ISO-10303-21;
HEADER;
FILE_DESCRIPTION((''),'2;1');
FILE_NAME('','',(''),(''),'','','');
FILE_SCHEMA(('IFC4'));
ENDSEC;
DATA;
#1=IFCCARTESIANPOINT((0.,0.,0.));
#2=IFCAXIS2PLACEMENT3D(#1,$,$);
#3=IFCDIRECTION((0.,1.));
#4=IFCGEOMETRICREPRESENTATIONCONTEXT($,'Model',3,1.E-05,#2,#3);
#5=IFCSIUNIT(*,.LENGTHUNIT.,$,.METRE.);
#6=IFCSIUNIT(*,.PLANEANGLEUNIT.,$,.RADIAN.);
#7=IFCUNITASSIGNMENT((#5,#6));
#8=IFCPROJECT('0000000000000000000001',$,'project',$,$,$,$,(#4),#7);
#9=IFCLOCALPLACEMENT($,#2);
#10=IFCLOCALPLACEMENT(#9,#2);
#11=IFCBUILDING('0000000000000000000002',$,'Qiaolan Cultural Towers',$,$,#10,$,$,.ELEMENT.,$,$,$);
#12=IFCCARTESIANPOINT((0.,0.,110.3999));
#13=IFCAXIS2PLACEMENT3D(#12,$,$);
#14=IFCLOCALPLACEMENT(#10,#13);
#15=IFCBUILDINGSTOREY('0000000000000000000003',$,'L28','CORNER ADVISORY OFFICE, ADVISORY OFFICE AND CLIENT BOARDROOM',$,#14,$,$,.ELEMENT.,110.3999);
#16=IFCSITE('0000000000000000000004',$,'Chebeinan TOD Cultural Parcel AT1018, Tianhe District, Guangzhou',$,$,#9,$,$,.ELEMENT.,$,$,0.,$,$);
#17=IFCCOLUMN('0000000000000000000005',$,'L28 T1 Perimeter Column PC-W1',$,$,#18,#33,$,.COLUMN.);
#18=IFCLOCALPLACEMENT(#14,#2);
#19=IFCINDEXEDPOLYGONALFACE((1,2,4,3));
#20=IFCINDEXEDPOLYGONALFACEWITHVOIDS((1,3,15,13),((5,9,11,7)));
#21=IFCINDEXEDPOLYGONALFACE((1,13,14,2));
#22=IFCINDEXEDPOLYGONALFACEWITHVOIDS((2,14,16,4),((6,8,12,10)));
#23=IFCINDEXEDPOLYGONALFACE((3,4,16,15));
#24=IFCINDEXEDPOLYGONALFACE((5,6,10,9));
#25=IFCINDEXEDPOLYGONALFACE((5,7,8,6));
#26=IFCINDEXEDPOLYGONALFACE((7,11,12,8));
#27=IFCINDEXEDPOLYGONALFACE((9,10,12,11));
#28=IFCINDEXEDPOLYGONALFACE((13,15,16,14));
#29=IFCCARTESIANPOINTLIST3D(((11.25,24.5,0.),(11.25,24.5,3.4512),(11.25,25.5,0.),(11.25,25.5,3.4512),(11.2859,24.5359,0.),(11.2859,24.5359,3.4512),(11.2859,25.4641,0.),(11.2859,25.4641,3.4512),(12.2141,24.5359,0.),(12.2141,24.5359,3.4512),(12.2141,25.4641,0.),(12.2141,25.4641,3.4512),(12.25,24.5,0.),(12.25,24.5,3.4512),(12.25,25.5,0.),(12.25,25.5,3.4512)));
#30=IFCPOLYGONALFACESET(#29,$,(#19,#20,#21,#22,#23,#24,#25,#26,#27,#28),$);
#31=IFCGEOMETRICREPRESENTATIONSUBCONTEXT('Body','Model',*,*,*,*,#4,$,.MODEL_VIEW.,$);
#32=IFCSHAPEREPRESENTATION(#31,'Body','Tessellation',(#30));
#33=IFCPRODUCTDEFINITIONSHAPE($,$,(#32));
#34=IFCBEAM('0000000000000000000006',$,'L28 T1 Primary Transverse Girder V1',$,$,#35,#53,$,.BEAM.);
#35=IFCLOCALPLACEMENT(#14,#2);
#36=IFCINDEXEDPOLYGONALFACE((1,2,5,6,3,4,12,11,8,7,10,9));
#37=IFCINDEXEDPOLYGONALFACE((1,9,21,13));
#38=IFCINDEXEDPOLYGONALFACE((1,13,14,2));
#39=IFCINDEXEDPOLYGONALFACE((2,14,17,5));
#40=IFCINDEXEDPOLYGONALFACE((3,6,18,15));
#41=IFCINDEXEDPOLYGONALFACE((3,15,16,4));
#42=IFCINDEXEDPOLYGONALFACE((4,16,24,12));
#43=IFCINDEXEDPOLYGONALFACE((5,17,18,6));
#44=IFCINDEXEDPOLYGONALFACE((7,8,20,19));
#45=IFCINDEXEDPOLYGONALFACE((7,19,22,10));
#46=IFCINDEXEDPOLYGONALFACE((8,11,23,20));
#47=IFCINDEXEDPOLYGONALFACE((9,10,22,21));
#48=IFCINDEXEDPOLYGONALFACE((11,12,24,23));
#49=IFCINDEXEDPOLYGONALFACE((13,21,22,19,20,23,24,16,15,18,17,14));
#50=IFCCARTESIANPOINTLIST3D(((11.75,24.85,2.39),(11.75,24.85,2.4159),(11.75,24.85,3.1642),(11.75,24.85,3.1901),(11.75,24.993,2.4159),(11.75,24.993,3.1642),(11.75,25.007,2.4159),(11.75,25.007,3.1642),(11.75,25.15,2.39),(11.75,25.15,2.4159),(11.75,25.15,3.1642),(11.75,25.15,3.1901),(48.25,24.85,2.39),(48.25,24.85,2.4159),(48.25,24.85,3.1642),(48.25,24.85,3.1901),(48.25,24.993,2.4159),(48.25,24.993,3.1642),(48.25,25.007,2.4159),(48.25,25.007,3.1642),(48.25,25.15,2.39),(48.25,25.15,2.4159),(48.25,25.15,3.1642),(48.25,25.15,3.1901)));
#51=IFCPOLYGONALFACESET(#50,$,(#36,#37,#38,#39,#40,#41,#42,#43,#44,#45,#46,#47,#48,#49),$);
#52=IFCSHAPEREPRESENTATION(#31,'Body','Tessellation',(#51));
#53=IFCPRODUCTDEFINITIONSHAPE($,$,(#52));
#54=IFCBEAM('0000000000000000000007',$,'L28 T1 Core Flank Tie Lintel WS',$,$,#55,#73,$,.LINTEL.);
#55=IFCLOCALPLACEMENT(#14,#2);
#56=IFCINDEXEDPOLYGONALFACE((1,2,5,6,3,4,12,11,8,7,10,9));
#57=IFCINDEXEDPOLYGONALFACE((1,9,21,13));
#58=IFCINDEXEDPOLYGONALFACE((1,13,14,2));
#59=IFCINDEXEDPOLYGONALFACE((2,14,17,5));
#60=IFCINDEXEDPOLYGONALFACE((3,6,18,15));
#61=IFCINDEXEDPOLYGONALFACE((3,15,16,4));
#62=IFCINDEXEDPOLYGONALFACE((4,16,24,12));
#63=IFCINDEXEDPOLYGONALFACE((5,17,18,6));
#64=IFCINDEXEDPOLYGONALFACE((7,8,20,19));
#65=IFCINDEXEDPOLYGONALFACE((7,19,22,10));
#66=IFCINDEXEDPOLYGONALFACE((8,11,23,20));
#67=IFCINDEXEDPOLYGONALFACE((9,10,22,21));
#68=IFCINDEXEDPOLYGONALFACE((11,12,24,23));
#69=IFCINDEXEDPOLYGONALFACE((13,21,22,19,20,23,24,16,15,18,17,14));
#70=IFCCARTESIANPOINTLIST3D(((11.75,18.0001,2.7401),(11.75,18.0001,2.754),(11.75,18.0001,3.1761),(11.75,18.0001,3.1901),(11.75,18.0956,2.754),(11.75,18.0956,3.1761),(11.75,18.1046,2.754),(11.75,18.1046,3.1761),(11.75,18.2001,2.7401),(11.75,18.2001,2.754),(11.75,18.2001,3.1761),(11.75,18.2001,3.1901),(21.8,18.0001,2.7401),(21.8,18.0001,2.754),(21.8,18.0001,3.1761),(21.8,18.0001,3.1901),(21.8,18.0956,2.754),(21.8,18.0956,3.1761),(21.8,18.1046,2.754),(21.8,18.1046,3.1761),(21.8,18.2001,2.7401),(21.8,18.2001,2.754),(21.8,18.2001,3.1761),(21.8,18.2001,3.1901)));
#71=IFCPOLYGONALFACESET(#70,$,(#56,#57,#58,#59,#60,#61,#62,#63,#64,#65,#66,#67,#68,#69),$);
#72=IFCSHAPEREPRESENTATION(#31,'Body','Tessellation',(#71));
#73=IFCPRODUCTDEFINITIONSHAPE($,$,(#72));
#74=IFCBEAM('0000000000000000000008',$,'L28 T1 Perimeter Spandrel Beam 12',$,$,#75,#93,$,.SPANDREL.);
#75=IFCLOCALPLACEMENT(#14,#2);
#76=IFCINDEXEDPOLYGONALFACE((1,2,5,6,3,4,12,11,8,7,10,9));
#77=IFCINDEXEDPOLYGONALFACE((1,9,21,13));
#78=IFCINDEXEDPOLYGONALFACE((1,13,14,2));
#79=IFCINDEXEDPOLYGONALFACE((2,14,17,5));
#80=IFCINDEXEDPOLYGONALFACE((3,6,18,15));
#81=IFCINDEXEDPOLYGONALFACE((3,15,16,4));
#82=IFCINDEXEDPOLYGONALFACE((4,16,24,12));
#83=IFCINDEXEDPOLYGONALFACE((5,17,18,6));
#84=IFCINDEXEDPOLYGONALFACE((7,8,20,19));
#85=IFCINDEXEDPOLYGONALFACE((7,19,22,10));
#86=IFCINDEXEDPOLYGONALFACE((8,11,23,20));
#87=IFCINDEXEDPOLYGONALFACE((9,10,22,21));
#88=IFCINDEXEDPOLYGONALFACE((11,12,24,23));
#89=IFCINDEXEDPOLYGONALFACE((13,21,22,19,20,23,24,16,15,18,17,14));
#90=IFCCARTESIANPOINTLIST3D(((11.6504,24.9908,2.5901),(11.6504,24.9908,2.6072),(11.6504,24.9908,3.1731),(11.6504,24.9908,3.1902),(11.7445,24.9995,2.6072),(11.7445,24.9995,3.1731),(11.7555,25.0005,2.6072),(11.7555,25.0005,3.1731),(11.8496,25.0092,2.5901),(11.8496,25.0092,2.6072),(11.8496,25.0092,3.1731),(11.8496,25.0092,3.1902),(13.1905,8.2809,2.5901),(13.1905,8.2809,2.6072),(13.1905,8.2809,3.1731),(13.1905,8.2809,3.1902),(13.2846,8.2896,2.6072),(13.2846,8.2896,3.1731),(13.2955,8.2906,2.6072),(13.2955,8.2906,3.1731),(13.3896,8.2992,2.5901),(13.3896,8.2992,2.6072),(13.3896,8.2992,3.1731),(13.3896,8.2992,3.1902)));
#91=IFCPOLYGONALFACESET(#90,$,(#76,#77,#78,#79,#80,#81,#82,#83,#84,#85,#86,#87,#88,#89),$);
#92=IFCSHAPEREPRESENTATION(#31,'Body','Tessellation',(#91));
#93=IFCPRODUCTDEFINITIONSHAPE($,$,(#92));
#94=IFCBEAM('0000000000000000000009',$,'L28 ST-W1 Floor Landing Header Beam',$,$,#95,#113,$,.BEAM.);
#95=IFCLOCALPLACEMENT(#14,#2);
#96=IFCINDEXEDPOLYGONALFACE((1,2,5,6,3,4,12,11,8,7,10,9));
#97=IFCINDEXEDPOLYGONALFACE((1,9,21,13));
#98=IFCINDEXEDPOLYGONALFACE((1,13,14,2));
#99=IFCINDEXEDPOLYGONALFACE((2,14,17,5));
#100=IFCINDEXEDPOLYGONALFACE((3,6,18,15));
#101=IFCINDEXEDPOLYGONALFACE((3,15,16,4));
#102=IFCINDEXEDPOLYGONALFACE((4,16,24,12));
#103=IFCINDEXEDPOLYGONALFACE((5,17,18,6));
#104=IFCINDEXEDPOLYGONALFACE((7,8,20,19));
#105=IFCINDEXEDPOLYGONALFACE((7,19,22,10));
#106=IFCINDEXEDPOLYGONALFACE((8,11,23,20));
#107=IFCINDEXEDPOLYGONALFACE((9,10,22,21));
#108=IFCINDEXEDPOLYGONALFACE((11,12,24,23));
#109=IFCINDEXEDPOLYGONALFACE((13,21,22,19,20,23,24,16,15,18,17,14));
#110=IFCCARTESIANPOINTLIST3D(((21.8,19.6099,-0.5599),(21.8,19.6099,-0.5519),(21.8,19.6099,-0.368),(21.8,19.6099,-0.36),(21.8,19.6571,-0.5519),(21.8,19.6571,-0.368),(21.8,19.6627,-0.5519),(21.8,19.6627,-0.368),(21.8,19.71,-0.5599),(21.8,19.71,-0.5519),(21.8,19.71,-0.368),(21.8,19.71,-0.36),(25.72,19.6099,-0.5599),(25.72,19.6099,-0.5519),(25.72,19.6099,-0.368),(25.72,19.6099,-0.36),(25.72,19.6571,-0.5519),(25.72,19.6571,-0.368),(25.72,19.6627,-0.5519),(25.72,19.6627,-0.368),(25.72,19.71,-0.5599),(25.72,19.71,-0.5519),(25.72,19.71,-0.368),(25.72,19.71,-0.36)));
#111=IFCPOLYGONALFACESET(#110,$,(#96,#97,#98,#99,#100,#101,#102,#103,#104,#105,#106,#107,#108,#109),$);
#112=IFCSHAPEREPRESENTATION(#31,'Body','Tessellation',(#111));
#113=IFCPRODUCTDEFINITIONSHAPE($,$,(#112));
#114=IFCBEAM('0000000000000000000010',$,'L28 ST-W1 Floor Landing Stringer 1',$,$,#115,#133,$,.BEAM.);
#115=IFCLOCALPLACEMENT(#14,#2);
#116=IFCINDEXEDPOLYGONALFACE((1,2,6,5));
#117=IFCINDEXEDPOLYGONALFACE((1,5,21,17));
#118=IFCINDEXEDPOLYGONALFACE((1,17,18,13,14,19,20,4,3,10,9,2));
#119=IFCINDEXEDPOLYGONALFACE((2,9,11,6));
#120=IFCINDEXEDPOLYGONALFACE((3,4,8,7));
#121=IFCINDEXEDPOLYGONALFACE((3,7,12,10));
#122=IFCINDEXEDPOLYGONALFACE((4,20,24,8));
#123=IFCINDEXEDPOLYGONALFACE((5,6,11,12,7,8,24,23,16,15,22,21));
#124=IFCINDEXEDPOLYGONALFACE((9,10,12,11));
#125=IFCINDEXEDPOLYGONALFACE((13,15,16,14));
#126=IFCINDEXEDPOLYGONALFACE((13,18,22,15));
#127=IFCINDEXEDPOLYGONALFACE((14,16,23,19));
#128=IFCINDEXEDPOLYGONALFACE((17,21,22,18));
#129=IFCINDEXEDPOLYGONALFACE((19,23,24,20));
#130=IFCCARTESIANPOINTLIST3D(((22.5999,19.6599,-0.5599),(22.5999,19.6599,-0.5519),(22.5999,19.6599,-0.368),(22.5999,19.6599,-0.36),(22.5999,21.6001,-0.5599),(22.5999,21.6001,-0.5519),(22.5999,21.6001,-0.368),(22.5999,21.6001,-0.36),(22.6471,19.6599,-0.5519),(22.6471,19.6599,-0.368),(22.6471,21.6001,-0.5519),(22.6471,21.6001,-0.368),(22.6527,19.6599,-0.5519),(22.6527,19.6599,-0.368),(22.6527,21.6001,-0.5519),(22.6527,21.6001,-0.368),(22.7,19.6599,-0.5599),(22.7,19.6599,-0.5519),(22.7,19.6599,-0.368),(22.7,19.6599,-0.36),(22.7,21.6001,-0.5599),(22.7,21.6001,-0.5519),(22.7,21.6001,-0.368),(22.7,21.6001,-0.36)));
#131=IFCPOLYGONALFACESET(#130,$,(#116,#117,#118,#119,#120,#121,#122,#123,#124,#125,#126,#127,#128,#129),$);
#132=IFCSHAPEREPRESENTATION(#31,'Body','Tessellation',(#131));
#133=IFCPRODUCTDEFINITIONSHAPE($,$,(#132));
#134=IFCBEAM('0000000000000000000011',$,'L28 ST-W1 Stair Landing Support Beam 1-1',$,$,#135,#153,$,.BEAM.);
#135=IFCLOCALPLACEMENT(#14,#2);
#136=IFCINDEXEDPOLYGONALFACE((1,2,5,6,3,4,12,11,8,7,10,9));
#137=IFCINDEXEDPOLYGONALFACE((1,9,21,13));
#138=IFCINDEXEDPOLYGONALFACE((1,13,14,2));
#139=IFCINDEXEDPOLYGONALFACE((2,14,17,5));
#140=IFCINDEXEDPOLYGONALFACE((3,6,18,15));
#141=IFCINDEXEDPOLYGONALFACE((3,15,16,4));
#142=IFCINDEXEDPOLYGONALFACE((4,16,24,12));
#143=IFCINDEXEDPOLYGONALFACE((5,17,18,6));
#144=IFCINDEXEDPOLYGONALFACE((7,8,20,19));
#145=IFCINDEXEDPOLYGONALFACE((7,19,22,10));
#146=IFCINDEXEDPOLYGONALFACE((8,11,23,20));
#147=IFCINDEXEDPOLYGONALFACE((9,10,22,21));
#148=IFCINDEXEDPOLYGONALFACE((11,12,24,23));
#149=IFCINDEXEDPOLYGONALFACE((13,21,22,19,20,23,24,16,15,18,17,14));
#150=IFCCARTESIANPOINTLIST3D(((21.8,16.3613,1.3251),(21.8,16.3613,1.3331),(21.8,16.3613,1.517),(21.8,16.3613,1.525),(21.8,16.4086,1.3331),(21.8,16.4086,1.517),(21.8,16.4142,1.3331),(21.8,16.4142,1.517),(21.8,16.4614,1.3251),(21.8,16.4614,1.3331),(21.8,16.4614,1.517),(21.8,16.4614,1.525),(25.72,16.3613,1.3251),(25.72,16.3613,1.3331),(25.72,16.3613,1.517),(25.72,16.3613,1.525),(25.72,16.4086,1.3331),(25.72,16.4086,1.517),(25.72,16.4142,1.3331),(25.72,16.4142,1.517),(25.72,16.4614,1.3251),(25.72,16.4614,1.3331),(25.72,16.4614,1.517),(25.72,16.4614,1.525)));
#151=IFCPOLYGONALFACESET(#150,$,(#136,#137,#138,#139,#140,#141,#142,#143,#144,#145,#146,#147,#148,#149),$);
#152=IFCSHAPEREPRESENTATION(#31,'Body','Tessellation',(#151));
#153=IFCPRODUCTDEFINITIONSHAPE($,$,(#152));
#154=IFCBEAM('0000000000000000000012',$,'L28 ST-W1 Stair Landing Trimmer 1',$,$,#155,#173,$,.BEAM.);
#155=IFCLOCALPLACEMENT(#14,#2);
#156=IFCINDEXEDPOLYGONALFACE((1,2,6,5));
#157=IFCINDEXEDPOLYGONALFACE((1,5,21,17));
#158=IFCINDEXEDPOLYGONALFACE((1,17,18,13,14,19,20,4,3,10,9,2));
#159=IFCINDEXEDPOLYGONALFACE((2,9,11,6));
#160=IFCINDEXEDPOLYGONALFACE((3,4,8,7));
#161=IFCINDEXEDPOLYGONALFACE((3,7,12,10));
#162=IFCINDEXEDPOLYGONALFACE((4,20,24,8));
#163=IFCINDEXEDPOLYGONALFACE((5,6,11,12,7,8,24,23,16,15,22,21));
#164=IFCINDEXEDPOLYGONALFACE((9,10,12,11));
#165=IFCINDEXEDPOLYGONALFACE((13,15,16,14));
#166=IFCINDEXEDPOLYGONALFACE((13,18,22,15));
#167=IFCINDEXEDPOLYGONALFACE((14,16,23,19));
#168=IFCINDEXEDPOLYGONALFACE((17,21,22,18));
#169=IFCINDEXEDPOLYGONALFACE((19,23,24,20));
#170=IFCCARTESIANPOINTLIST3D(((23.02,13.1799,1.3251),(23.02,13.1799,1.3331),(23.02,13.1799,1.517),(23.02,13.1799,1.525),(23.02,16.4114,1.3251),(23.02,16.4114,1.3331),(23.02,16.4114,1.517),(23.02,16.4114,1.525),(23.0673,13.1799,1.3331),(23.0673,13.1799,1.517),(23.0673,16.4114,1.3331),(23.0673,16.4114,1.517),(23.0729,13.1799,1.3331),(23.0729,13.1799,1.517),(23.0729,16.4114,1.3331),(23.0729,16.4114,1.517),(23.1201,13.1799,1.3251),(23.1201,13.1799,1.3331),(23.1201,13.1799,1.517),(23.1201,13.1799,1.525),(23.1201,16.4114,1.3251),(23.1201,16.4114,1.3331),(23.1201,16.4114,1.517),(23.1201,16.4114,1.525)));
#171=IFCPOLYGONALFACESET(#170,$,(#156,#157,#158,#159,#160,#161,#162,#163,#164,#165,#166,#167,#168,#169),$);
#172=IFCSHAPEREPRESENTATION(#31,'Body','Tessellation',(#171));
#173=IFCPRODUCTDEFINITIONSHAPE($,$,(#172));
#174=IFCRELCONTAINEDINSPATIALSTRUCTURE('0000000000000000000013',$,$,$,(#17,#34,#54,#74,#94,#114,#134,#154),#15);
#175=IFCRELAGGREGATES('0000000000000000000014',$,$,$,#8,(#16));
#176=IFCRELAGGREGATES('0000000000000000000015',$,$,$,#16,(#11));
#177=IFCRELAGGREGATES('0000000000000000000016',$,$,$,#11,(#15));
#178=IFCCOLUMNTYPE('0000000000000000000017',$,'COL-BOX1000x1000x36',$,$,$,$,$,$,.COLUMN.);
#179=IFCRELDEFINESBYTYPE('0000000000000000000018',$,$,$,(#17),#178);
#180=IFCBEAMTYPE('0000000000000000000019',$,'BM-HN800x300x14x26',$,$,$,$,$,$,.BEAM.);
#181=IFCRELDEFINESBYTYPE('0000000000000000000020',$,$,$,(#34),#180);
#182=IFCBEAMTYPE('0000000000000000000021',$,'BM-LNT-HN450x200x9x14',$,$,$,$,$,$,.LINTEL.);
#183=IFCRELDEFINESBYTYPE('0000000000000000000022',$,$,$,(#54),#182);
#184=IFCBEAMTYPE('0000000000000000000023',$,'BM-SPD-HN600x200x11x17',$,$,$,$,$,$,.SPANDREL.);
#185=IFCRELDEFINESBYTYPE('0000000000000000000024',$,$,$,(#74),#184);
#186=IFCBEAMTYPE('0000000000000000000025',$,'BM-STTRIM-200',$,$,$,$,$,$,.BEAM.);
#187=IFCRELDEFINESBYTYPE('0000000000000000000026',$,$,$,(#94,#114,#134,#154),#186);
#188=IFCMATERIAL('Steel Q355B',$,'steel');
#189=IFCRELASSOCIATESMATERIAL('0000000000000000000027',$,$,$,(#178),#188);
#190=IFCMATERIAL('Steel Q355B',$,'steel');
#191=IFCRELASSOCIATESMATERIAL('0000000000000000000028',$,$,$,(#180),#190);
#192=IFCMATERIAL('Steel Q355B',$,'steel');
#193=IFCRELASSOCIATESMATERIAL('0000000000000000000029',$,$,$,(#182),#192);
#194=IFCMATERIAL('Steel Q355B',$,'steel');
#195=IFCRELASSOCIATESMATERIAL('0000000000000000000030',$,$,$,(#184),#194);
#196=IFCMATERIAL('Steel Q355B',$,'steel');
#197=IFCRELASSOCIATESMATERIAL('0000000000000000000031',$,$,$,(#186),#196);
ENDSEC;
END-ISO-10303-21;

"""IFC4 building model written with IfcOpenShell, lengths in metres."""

from ifc_helpers import new_model, si_unit, direction, frame, origin, origin_2d, place, context, subcontext, project, spatial, hollow_rectangle, i_section, extrude, material, material_profile, profile_set, type_object, element, save


model = new_model("IFC4")

# Units and contexts
model_context = context("Model", 3, precision=1e-05, world=origin(), true_north=direction((0.0, 1.0)))
body_context = subcontext(model_context, "Body", "Model", "MODEL_VIEW")
ifc_project = project(units=[si_unit("LENGTHUNIT", "METRE"), si_unit("PLANEANGLEUNIT", "RADIAN")], contexts=[model_context])

# Site, building, storey
site_placement = place(None, origin())
site = spatial("IfcSite", under=ifc_project, at=site_placement, Name="Chebeinan TOD Cultural Parcel AT1018, Tianhe District, Guangzhou", CompositionType="ELEMENT", RefElevation=0.0)
building_placement = place(site_placement, origin())
building = spatial("IfcBuilding", under=site, at=building_placement, Name="Qiaolan Cultural Towers", CompositionType="ELEMENT")
storey_placement = place(building_placement, frame((0.0, 0.0, 110.3999)))
storey = spatial("IfcBuildingStorey", under=building, at=storey_placement, Name="L28", Description="CORNER ADVISORY OFFICE, ADVISORY OFFICE AND CLIENT BOARDROOM", CompositionType="ELEMENT", Elevation=110.3999)

# Column
ifc_material_1 = material(Name="Steel Q355B", Category="steel")
ifc_material_profile_1 = material_profile(ifc_material_1, hollow_rectangle(XDim=1.0, YDim=1.0, WallThickness=0.0359, at=origin_2d()), Name="BOX1000x1000x36")
ifc_profile_set_1 = profile_set([ifc_material_profile_1], Name="Steel Q355B")
column_type = type_object("IfcColumnType", Name="COL-BOX1000x1000x36", PredefinedType="COLUMN", material=ifc_profile_set_1)
column_placement = place(storey_placement, frame((11.75, 25.0, 0.0), z_axis=(0.0, 0.0, 1.0), x_axis=(1.0, 0.0, 0.0)))
element("IfcColumn", 1, at=column_placement, inside=storey, type_object=column_type, Name="L28 T1 Perimeter Column PC-W1", PredefinedType="COLUMN", context=body_context, shape_type="SweptSolid", body=[
    extrude(hollow_rectangle(XDim=1.0, YDim=1.0, WallThickness=0.0359, at=origin_2d()), origin(), (0.0, 0.0, 1.0), 3.4512),
])

# Beams
ifc_material_2 = material(Name="Steel Q355B", Category="steel")
ifc_material_profile_2 = material_profile(ifc_material_2, i_section(OverallWidth=0.3, OverallDepth=0.8, WebThickness=0.0139, FlangeThickness=0.0259, at=origin_2d()), Name="HN800x300x14x26")
ifc_profile_set_2 = profile_set([ifc_material_profile_2], Name="Steel Q355B")
beam_type_1 = type_object("IfcBeamType", Name="BM-HN800x300x14x26", PredefinedType="BEAM", material=ifc_profile_set_2)
beam_1_placement = place(storey_placement, frame((11.75, 25.0, 2.79), z_axis=(1.0, 0.0, 0.0), x_axis=(0.0, 1.0, 0.0)))
element("IfcBeam", 2, at=beam_1_placement, inside=storey, type_object=beam_type_1, Name="L28 T1 Primary Transverse Girder V1", PredefinedType="BEAM", context=body_context, shape_type="SweptSolid", body=[
    extrude(i_section(OverallWidth=0.3, OverallDepth=0.8, WebThickness=0.0139, FlangeThickness=0.0259, at=origin_2d()), origin(), (0.0, 0.0, 1.0), 36.5),
])
ifc_material_3 = material(Name="Steel Q355B", Category="steel")
ifc_material_profile_3 = material_profile(ifc_material_3, i_section(OverallWidth=0.2, OverallDepth=0.45, WebThickness=0.009, FlangeThickness=0.0139, at=origin_2d()), Name="HN450x200x9x14")
ifc_profile_set_3 = profile_set([ifc_material_profile_3], Name="Steel Q355B")
beam_type_2 = type_object("IfcBeamType", Name="BM-LNT-HN450x200x9x14", PredefinedType="LINTEL", material=ifc_profile_set_3)
beam_2_placement = place(storey_placement, frame((21.8, 18.1001, 2.9651), z_axis=(-1.0, 0.0, 0.0), x_axis=(0.0, -1.0, 0.0)))
element("IfcBeam", 3, at=beam_2_placement, inside=storey, type_object=beam_type_2, Name="L28 T1 Core Flank Tie Lintel WS", PredefinedType="LINTEL", context=body_context, shape_type="SweptSolid", body=[
    extrude(i_section(OverallWidth=0.2, OverallDepth=0.45, WebThickness=0.009, FlangeThickness=0.0139, at=origin_2d()), origin(), (0.0, 0.0, 1.0), 10.05),
])
ifc_material_4 = material(Name="Steel Q355B", Category="steel")
ifc_material_profile_4 = material_profile(ifc_material_4, i_section(OverallWidth=0.2, OverallDepth=0.6001, WebThickness=0.011, FlangeThickness=0.0171, at=origin_2d()), Name="HN600x200x11x17")
ifc_profile_set_4 = profile_set([ifc_material_profile_4], Name="Steel Q355B")
beam_type_3 = type_object("IfcBeamType", Name="BM-SPD-HN600x200x11x17", PredefinedType="SPANDREL", material=ifc_profile_set_4)
beam_3_placement = place(storey_placement, frame((11.75, 25.0, 2.8901), z_axis=(0.091774, -0.99578, 0.0), x_axis=(0.99578, 0.091774, 0.0)))
element("IfcBeam", 4, at=beam_3_placement, inside=storey, type_object=beam_type_3, Name="L28 T1 Perimeter Spandrel Beam 12", PredefinedType="SPANDREL", context=body_context, shape_type="SweptSolid", body=[
    extrude(i_section(OverallWidth=0.2, OverallDepth=0.6001, WebThickness=0.011, FlangeThickness=0.0171, at=origin_2d()), origin(), (0.0, 0.0, 1.0), 16.7808),
])
ifc_material_5 = material(Name="Steel Q355B", Category="steel")
ifc_material_profile_5 = material_profile(ifc_material_5, i_section(OverallWidth=0.1001, OverallDepth=0.2, WebThickness=0.0056, FlangeThickness=0.0081, at=origin_2d()), Name="HN200x100x5.5x8")
ifc_profile_set_5 = profile_set([ifc_material_profile_5], Name="Steel Q355B")
beam_type_4 = type_object("IfcBeamType", Name="BM-STTRIM-200", PredefinedType="BEAM", material=ifc_profile_set_5)
beam_4_placement = place(storey_placement, frame((21.8, 19.6599, -0.46), z_axis=(1.0, 0.0, 0.0), x_axis=(0.0, 1.0, 0.0)))
element("IfcBeam", 5, at=beam_4_placement, inside=storey, type_object=beam_type_4, Name="L28 ST-W1 Floor Landing Header Beam", PredefinedType="BEAM", context=body_context, shape_type="SweptSolid", body=[
    extrude(i_section(OverallWidth=0.1001, OverallDepth=0.2, WebThickness=0.0056, FlangeThickness=0.0081, at=origin_2d()), origin(), (0.0, 0.0, 1.0), 3.9199),
])
beam_5_placement = place(storey_placement, frame((22.6499, 21.6001, -0.46), z_axis=(0.0, -1.0, 0.0), x_axis=(1.0, 0.0, 0.0)))
element("IfcBeam", 6, at=beam_5_placement, inside=storey, type_object=beam_type_4, Name="L28 ST-W1 Floor Landing Stringer 1", PredefinedType="BEAM", context=body_context, shape_type="SweptSolid", body=[
    extrude(i_section(OverallWidth=0.1001, OverallDepth=0.2, WebThickness=0.0056, FlangeThickness=0.0081, at=origin_2d()), origin(), (0.0, 0.0, 1.0), 1.9402),
])
beam_6_placement = place(storey_placement, frame((21.8, 16.4114, 1.425), z_axis=(1.0, 0.0, 0.0), x_axis=(0.0, 1.0, 0.0)))
element("IfcBeam", 7, at=beam_6_placement, inside=storey, type_object=beam_type_4, Name="L28 ST-W1 Stair Landing Support Beam 1-1", PredefinedType="BEAM", context=body_context, shape_type="SweptSolid", body=[
    extrude(i_section(OverallWidth=0.1001, OverallDepth=0.2, WebThickness=0.0056, FlangeThickness=0.0081, at=origin_2d()), origin(), (0.0, 0.0, 1.0), 3.9199),
])
beam_7_placement = place(storey_placement, frame((23.0701, 16.4114, 1.425), z_axis=(0.0, -1.0, 0.0), x_axis=(1.0, 0.0, 0.0)))
element("IfcBeam", 8, at=beam_7_placement, inside=storey, type_object=beam_type_4, Name="L28 ST-W1 Stair Landing Trimmer 1", PredefinedType="BEAM", context=body_context, shape_type="SweptSolid", body=[
    extrude(i_section(OverallWidth=0.1001, OverallDepth=0.2, WebThickness=0.0056, FlangeThickness=0.0081, at=origin_2d()), origin(), (0.0, 0.0, 1.0), 3.2314),
])

save(model, "model.ifc")
